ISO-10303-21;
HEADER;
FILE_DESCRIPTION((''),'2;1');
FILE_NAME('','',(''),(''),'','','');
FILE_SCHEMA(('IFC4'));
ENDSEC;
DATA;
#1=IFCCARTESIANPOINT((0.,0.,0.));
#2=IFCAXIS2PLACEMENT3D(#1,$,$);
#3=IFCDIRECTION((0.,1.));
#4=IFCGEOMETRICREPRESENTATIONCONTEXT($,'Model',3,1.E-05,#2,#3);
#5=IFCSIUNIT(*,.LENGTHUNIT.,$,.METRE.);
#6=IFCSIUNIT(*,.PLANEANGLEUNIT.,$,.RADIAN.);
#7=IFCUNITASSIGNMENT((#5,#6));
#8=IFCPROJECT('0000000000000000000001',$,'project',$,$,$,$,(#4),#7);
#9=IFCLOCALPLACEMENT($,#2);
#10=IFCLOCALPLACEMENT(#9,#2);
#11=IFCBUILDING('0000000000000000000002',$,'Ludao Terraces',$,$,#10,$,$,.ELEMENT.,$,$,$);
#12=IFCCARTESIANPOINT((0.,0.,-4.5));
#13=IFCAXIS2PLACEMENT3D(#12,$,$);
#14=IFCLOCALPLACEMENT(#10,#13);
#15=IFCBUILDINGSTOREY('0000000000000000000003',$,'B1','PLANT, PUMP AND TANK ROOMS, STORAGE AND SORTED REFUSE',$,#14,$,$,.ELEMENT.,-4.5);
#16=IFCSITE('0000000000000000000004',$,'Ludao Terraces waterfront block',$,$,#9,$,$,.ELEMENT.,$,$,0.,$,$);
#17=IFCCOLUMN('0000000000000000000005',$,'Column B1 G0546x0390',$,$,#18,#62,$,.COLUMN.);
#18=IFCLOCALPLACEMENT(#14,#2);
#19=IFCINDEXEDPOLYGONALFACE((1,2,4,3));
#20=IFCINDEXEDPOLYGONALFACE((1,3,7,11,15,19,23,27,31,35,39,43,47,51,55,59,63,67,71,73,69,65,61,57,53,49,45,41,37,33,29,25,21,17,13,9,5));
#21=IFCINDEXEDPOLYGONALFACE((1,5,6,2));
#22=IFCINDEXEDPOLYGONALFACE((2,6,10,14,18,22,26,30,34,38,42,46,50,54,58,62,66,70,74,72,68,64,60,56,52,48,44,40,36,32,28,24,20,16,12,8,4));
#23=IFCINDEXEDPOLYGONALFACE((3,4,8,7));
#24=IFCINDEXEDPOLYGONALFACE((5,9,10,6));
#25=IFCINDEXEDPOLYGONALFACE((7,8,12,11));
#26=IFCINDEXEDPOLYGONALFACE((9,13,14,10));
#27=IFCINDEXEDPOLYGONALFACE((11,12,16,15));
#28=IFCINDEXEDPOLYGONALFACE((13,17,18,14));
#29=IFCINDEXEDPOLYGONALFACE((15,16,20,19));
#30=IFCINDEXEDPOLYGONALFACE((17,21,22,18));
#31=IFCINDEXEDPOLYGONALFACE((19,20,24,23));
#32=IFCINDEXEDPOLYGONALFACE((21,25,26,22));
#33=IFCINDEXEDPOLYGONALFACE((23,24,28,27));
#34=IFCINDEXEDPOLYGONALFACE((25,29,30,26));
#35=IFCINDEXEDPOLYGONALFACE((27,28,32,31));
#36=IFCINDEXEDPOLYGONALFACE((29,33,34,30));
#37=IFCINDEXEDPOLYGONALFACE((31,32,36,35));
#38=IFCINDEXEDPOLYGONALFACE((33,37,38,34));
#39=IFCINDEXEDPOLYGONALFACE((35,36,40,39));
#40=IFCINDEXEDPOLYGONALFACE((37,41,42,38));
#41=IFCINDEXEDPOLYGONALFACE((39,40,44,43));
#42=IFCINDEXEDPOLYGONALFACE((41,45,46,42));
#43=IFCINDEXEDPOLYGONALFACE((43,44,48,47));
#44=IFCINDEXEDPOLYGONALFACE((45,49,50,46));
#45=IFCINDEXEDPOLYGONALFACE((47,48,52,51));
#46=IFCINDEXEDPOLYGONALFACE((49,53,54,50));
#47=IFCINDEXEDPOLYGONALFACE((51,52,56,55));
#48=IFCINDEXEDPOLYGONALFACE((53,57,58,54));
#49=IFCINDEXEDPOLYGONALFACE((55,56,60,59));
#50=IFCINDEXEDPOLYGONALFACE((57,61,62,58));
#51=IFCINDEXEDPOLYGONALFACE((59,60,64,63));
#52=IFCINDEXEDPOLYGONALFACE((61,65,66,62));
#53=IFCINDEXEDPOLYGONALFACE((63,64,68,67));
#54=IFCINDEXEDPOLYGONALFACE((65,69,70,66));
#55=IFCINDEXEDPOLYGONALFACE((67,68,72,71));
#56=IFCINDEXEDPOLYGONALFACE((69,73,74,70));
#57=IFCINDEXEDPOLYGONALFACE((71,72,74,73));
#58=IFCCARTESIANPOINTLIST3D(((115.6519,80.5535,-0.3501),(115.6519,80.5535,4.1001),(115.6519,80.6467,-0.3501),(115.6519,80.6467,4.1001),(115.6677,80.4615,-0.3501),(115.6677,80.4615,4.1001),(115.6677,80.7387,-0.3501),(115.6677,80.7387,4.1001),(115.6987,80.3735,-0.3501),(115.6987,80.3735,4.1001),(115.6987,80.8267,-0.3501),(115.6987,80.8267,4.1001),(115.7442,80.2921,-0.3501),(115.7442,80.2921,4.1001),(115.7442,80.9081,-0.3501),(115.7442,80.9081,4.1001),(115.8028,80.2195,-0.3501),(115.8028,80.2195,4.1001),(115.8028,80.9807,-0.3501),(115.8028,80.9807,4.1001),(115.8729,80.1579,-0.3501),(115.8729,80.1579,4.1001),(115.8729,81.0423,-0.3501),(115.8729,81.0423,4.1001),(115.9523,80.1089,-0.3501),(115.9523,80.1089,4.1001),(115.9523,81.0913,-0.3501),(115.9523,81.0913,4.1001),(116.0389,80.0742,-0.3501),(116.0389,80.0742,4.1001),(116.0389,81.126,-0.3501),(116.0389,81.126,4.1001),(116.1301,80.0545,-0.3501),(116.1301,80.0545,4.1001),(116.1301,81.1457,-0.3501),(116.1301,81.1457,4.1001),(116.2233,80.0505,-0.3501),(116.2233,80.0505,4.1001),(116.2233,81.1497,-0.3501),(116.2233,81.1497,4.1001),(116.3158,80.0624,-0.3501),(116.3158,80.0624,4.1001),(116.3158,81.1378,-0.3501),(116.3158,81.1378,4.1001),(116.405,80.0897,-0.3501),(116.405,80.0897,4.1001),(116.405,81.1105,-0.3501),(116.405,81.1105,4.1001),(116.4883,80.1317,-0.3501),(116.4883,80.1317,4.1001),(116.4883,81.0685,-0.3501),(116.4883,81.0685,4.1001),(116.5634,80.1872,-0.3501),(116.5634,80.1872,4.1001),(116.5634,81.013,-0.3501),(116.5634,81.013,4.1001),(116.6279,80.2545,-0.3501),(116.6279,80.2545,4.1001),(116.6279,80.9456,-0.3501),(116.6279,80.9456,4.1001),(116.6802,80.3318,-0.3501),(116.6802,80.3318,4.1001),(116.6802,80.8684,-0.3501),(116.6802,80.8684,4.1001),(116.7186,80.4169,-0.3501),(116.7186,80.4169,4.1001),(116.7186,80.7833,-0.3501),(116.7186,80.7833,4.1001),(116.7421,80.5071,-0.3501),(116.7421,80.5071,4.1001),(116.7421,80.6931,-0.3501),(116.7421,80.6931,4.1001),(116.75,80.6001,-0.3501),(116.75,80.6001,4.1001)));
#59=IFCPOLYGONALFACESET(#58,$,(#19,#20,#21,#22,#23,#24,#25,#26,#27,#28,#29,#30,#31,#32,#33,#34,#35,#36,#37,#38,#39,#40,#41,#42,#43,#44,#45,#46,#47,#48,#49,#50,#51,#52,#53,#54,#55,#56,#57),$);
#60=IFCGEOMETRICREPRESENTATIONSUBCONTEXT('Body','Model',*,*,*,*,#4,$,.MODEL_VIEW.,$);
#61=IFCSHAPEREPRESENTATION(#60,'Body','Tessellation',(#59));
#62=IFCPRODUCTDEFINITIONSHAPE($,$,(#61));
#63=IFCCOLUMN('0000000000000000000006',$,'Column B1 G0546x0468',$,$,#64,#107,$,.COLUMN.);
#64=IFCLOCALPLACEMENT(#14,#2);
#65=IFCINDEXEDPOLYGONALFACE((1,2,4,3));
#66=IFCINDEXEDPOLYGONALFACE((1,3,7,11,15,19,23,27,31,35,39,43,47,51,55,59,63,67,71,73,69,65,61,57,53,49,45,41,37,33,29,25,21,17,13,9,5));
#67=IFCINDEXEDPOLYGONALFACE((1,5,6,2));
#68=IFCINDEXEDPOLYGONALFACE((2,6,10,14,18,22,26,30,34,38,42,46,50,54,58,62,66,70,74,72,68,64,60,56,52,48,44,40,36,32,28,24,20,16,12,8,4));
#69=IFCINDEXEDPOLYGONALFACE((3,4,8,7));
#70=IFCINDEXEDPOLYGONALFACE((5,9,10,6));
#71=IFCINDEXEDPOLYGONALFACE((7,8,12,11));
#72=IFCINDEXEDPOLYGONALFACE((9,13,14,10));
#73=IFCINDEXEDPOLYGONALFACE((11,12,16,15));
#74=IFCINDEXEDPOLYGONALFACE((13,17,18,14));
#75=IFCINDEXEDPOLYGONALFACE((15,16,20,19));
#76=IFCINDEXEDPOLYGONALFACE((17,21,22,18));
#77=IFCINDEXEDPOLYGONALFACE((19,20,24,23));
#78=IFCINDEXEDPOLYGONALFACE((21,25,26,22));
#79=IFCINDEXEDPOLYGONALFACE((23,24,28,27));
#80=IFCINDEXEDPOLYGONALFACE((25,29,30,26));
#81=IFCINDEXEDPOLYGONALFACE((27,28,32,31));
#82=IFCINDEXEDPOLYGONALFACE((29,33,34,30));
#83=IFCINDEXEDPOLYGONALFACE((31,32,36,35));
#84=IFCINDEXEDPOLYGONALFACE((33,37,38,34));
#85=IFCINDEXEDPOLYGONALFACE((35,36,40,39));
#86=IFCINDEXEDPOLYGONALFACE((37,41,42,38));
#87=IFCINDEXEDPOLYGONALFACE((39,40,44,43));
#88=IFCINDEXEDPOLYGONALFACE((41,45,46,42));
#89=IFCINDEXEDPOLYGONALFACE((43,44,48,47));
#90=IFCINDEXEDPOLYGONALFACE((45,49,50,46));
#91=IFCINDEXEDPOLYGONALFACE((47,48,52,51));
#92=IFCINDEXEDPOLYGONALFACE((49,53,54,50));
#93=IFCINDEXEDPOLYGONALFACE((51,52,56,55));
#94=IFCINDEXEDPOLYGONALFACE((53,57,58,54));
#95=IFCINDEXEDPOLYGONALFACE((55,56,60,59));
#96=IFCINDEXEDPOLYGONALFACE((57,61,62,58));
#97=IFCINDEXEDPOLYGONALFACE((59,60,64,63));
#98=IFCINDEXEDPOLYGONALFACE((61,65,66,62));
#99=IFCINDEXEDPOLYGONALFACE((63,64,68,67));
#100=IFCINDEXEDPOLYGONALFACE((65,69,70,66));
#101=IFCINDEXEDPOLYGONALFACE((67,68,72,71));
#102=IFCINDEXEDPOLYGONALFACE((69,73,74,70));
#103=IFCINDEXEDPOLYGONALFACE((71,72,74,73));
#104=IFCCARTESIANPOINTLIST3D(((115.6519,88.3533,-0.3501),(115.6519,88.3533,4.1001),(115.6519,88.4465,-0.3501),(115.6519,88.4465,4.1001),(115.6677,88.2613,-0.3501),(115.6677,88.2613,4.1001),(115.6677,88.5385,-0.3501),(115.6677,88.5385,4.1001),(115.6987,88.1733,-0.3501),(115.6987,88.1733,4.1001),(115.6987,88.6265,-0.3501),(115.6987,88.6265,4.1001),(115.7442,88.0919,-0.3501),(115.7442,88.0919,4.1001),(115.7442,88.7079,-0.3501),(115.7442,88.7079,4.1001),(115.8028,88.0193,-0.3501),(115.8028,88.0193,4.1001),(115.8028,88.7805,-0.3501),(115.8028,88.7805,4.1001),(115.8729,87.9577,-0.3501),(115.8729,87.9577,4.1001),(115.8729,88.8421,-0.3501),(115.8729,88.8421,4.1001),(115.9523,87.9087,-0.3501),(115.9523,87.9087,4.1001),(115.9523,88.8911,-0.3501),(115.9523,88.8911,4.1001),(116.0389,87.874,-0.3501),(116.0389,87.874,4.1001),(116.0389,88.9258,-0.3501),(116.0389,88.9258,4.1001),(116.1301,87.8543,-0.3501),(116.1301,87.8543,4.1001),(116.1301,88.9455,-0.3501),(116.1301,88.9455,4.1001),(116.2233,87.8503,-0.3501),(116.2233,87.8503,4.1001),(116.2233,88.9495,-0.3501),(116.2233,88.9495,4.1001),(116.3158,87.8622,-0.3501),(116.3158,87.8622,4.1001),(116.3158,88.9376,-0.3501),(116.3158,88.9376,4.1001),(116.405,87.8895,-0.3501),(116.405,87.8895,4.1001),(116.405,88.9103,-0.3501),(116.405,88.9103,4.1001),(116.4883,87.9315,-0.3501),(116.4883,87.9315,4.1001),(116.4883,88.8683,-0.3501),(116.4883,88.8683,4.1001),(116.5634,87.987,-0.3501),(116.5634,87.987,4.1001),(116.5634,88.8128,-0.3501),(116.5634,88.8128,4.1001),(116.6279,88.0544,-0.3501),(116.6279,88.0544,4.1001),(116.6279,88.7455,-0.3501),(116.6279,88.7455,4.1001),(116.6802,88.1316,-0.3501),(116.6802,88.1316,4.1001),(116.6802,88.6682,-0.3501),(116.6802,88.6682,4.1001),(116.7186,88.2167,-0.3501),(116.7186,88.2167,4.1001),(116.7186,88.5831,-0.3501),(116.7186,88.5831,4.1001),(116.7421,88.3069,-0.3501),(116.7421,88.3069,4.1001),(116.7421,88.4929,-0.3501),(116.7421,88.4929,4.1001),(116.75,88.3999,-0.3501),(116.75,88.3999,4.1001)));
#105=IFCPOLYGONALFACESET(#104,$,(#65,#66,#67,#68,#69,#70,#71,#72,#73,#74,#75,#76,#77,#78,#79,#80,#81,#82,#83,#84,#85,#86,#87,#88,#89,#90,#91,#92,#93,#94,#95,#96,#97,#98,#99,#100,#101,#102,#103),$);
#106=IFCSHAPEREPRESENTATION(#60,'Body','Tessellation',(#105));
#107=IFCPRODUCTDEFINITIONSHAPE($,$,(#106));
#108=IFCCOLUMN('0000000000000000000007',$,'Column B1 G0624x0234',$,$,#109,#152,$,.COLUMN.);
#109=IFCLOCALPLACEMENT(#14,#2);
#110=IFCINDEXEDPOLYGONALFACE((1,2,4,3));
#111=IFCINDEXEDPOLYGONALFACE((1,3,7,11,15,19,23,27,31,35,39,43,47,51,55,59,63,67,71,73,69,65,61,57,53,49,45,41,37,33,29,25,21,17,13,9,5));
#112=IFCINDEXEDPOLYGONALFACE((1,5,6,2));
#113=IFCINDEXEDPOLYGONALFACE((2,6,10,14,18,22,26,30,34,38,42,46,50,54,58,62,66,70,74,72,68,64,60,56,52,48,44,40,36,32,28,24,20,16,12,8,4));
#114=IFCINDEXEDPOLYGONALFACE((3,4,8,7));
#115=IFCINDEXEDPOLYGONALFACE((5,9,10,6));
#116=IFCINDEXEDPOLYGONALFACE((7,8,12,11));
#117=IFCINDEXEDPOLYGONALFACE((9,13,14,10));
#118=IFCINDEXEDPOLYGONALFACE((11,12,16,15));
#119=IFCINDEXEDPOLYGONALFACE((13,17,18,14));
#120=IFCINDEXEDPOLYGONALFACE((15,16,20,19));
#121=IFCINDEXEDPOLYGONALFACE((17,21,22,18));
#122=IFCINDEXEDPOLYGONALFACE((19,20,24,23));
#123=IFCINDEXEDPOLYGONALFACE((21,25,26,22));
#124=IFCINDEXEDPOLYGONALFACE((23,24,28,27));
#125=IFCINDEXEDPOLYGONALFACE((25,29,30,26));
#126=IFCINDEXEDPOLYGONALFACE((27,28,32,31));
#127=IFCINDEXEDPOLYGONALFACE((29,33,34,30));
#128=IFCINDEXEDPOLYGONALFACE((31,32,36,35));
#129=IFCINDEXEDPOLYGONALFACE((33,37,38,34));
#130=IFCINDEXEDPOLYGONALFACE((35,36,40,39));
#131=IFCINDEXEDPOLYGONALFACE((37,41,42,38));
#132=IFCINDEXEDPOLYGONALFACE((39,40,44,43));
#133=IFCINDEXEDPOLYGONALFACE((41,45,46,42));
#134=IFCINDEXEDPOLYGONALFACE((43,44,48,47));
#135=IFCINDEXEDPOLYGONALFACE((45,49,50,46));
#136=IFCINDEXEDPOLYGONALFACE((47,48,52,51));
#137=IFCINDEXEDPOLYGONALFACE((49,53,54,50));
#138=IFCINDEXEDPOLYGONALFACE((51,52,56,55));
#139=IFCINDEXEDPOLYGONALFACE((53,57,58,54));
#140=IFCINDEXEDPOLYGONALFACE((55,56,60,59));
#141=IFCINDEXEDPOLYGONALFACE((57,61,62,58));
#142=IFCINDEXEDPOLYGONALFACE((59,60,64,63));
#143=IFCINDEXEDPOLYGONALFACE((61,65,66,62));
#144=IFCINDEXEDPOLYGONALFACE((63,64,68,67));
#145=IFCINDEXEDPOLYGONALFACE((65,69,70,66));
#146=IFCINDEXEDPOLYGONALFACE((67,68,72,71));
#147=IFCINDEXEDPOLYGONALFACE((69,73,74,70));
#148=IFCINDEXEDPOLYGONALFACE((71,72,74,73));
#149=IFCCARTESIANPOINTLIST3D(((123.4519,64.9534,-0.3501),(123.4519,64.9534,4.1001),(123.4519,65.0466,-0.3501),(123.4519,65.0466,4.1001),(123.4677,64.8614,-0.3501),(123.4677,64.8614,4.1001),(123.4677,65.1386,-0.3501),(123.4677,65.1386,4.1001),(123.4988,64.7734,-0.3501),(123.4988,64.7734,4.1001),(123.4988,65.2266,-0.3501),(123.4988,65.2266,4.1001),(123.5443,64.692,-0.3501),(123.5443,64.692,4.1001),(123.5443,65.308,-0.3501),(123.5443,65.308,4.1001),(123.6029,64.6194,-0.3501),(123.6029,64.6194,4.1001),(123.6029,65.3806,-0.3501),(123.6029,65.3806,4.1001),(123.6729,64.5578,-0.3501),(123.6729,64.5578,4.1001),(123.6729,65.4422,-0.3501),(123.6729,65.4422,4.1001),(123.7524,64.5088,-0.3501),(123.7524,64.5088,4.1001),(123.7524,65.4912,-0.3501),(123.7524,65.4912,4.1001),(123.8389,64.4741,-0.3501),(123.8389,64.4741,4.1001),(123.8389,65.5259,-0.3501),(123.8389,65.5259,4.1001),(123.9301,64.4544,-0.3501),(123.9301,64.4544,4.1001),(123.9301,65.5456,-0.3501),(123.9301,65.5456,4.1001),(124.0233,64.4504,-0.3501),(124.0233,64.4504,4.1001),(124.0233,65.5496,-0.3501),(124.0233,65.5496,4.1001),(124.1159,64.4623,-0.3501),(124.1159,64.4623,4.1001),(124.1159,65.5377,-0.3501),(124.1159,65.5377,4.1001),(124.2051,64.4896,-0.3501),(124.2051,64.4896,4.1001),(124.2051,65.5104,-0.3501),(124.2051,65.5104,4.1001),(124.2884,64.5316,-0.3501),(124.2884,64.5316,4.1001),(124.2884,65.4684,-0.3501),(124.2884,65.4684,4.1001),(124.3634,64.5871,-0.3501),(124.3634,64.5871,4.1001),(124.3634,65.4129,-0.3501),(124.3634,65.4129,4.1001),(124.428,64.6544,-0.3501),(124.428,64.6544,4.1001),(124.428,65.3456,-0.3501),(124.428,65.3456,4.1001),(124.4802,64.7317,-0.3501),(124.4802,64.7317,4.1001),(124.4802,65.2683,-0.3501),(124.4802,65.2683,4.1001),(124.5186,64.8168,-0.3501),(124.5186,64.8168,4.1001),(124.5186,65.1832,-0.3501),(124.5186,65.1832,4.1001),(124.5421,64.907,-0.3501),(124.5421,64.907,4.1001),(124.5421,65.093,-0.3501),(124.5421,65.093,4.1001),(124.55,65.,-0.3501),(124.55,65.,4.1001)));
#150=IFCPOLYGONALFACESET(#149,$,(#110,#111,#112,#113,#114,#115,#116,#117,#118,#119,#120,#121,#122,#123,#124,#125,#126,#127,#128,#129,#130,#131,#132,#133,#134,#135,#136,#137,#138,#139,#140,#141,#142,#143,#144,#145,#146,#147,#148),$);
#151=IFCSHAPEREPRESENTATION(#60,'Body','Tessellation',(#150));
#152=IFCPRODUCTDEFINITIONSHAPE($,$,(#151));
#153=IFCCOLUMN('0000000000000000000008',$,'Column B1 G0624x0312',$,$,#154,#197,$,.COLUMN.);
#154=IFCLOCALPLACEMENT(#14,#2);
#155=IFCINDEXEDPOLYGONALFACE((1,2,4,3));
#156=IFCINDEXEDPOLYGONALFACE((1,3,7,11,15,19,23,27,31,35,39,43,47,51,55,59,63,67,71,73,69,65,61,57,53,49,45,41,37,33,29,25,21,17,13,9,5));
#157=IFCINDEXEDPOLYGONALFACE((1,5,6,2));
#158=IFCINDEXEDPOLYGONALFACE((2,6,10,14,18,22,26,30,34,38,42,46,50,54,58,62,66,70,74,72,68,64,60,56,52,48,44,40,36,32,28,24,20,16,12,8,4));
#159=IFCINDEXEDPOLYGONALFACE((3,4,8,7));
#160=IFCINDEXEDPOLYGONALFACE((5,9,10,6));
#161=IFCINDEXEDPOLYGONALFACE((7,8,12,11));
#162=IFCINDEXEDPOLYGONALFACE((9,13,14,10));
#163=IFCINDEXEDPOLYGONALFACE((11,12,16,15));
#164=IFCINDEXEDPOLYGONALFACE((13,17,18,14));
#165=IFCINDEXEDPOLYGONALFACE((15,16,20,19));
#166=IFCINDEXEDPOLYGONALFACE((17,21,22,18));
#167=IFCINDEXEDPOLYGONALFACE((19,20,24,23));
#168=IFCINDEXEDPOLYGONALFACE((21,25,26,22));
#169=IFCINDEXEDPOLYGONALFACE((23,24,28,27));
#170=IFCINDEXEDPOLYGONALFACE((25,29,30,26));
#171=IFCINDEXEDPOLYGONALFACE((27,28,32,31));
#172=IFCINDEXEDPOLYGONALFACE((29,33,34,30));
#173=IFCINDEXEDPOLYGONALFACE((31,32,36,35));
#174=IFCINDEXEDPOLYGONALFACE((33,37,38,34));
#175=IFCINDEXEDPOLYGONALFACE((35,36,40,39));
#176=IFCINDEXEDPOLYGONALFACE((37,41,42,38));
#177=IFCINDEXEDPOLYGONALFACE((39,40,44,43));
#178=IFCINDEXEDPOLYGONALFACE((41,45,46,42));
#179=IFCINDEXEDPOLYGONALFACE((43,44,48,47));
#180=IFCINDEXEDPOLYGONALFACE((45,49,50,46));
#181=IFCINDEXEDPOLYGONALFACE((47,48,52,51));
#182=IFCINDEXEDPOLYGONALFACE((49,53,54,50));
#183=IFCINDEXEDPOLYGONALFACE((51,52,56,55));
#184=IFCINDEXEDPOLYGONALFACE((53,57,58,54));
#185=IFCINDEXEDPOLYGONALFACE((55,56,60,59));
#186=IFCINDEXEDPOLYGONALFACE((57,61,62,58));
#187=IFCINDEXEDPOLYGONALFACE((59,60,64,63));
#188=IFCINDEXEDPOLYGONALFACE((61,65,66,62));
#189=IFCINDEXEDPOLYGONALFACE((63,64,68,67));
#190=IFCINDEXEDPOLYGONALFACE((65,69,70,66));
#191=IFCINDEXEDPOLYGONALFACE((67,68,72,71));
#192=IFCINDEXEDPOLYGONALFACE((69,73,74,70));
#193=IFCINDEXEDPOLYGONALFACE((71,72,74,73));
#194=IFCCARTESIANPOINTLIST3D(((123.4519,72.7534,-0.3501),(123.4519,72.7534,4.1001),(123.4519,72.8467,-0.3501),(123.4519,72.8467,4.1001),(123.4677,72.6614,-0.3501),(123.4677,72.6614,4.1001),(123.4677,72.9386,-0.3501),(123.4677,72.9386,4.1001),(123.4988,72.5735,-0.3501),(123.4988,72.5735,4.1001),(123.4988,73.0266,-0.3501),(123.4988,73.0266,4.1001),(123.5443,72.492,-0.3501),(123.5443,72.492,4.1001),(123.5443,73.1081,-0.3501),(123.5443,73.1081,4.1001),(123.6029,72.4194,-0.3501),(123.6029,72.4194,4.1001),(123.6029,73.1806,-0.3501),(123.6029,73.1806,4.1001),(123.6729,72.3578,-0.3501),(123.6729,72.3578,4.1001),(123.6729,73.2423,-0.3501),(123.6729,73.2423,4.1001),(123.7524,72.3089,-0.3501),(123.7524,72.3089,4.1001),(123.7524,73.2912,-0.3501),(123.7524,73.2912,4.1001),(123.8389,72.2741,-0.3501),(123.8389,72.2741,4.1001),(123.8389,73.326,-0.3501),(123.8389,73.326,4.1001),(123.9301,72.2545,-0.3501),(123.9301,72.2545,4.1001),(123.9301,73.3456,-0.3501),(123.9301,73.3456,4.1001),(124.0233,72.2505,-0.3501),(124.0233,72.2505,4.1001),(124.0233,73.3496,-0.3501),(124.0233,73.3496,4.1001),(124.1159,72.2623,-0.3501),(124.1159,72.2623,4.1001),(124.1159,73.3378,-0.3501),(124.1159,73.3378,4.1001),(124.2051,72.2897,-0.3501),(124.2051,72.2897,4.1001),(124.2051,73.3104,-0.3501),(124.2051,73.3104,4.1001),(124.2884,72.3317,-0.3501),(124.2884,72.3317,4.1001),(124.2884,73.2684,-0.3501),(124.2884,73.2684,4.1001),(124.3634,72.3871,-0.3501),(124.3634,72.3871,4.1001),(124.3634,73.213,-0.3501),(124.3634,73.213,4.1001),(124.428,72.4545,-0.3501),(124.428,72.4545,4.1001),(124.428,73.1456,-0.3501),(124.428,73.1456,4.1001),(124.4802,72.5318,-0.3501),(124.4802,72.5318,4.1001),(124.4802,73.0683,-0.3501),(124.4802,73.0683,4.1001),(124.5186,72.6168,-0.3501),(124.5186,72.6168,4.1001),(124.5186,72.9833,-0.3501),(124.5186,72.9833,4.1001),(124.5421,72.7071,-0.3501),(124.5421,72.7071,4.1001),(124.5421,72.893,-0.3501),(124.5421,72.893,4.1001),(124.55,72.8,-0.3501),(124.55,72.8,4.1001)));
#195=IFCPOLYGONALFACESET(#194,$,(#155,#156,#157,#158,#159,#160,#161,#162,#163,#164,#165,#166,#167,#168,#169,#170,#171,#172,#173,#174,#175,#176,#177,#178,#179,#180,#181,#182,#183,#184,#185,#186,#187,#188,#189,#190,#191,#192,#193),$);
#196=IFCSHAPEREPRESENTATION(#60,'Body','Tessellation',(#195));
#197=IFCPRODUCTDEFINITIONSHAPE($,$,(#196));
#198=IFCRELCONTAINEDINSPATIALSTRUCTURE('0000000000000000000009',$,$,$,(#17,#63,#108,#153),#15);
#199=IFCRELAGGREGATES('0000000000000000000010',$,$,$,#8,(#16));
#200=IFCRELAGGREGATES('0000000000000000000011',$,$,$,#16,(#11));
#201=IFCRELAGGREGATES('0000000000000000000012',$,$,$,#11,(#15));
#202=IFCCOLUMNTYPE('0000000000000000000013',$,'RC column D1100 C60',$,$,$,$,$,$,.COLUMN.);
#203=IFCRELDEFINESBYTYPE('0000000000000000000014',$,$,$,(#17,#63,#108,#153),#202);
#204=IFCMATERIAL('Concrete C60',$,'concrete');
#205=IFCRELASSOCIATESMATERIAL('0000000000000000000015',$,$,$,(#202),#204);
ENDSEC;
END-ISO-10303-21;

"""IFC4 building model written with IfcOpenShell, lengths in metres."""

from ifc_helpers import new_model, si_unit, direction, frame, origin, origin_2d, place, context, subcontext, project, spatial, circle, extrude, material, material_profile, profile_set, type_object, element, save


model = new_model("IFC4")

# Units and contexts
model_context = context("Model", 3, precision=1e-05, world=origin(), true_north=direction((0.0, 1.0)))
body_context = subcontext(model_context, "Body", "Model", "MODEL_VIEW")
ifc_project = project(units=[si_unit("LENGTHUNIT", "METRE"), si_unit("PLANEANGLEUNIT", "RADIAN")], contexts=[model_context])

# Site, building, storey
site_placement = place(None, origin())
site = spatial("IfcSite", under=ifc_project, at=site_placement, Name="Ludao Terraces waterfront block", CompositionType="ELEMENT", RefElevation=0.0)
building_placement = place(site_placement, origin())
building = spatial("IfcBuilding", under=site, at=building_placement, Name="Ludao Terraces", CompositionType="ELEMENT")
storey_placement = place(building_placement, frame((0.0, 0.0, -4.5)))
storey = spatial("IfcBuildingStorey", under=building, at=storey_placement, Name="B1", Description="PLANT, PUMP AND TANK ROOMS, STORAGE AND SORTED REFUSE", CompositionType="ELEMENT", Elevation=-4.5)

# Columns
ifc_material_1 = material(Name="Concrete C60", Category="concrete")
ifc_material_profile_1 = material_profile(ifc_material_1, circle(Radius=0.55, at=origin_2d()), Name="D1100")
ifc_profile_set_1 = profile_set([ifc_material_profile_1], Name="Concrete C60")
column_type_1 = type_object("IfcColumnType", Name="RC column D1100 C60", PredefinedType="COLUMN", material=ifc_profile_set_1)
for number, where, z_axis, x_axis, name in (
    (1, (116.2, 80.6001, -0.3501), (0.0, 0.0, 1.0), (1.0, 0.0, 0.0), "Column B1 G0546x0390"),
    (2, (116.2, 88.3999, -0.3501), (0.0, 0.0, 1.0), (1.0, 0.0, 0.0), "Column B1 G0546x0468"),
    (3, (124.0, 65.0, -0.3501), (0.0, 0.0, 1.0), (1.0, 0.0, 0.0), "Column B1 G0624x0234"),
    (4, (124.0, 72.8, -0.3501), (0.0, 0.0, 1.0), (1.0, 0.0, 0.0), "Column B1 G0624x0312"),
):
    element("IfcColumn", number, at=place(storey_placement, frame(where, z_axis=z_axis, x_axis=x_axis)), inside=storey, type_object=column_type_1, Name=name, PredefinedType="COLUMN", context=body_context, shape_type="SweptSolid", body=[
        extrude(circle(Radius=0.55, at=origin_2d()), origin(), (0.0, 0.0, 1.0), 4.4502),
    ])

save(model, "model.ifc")
